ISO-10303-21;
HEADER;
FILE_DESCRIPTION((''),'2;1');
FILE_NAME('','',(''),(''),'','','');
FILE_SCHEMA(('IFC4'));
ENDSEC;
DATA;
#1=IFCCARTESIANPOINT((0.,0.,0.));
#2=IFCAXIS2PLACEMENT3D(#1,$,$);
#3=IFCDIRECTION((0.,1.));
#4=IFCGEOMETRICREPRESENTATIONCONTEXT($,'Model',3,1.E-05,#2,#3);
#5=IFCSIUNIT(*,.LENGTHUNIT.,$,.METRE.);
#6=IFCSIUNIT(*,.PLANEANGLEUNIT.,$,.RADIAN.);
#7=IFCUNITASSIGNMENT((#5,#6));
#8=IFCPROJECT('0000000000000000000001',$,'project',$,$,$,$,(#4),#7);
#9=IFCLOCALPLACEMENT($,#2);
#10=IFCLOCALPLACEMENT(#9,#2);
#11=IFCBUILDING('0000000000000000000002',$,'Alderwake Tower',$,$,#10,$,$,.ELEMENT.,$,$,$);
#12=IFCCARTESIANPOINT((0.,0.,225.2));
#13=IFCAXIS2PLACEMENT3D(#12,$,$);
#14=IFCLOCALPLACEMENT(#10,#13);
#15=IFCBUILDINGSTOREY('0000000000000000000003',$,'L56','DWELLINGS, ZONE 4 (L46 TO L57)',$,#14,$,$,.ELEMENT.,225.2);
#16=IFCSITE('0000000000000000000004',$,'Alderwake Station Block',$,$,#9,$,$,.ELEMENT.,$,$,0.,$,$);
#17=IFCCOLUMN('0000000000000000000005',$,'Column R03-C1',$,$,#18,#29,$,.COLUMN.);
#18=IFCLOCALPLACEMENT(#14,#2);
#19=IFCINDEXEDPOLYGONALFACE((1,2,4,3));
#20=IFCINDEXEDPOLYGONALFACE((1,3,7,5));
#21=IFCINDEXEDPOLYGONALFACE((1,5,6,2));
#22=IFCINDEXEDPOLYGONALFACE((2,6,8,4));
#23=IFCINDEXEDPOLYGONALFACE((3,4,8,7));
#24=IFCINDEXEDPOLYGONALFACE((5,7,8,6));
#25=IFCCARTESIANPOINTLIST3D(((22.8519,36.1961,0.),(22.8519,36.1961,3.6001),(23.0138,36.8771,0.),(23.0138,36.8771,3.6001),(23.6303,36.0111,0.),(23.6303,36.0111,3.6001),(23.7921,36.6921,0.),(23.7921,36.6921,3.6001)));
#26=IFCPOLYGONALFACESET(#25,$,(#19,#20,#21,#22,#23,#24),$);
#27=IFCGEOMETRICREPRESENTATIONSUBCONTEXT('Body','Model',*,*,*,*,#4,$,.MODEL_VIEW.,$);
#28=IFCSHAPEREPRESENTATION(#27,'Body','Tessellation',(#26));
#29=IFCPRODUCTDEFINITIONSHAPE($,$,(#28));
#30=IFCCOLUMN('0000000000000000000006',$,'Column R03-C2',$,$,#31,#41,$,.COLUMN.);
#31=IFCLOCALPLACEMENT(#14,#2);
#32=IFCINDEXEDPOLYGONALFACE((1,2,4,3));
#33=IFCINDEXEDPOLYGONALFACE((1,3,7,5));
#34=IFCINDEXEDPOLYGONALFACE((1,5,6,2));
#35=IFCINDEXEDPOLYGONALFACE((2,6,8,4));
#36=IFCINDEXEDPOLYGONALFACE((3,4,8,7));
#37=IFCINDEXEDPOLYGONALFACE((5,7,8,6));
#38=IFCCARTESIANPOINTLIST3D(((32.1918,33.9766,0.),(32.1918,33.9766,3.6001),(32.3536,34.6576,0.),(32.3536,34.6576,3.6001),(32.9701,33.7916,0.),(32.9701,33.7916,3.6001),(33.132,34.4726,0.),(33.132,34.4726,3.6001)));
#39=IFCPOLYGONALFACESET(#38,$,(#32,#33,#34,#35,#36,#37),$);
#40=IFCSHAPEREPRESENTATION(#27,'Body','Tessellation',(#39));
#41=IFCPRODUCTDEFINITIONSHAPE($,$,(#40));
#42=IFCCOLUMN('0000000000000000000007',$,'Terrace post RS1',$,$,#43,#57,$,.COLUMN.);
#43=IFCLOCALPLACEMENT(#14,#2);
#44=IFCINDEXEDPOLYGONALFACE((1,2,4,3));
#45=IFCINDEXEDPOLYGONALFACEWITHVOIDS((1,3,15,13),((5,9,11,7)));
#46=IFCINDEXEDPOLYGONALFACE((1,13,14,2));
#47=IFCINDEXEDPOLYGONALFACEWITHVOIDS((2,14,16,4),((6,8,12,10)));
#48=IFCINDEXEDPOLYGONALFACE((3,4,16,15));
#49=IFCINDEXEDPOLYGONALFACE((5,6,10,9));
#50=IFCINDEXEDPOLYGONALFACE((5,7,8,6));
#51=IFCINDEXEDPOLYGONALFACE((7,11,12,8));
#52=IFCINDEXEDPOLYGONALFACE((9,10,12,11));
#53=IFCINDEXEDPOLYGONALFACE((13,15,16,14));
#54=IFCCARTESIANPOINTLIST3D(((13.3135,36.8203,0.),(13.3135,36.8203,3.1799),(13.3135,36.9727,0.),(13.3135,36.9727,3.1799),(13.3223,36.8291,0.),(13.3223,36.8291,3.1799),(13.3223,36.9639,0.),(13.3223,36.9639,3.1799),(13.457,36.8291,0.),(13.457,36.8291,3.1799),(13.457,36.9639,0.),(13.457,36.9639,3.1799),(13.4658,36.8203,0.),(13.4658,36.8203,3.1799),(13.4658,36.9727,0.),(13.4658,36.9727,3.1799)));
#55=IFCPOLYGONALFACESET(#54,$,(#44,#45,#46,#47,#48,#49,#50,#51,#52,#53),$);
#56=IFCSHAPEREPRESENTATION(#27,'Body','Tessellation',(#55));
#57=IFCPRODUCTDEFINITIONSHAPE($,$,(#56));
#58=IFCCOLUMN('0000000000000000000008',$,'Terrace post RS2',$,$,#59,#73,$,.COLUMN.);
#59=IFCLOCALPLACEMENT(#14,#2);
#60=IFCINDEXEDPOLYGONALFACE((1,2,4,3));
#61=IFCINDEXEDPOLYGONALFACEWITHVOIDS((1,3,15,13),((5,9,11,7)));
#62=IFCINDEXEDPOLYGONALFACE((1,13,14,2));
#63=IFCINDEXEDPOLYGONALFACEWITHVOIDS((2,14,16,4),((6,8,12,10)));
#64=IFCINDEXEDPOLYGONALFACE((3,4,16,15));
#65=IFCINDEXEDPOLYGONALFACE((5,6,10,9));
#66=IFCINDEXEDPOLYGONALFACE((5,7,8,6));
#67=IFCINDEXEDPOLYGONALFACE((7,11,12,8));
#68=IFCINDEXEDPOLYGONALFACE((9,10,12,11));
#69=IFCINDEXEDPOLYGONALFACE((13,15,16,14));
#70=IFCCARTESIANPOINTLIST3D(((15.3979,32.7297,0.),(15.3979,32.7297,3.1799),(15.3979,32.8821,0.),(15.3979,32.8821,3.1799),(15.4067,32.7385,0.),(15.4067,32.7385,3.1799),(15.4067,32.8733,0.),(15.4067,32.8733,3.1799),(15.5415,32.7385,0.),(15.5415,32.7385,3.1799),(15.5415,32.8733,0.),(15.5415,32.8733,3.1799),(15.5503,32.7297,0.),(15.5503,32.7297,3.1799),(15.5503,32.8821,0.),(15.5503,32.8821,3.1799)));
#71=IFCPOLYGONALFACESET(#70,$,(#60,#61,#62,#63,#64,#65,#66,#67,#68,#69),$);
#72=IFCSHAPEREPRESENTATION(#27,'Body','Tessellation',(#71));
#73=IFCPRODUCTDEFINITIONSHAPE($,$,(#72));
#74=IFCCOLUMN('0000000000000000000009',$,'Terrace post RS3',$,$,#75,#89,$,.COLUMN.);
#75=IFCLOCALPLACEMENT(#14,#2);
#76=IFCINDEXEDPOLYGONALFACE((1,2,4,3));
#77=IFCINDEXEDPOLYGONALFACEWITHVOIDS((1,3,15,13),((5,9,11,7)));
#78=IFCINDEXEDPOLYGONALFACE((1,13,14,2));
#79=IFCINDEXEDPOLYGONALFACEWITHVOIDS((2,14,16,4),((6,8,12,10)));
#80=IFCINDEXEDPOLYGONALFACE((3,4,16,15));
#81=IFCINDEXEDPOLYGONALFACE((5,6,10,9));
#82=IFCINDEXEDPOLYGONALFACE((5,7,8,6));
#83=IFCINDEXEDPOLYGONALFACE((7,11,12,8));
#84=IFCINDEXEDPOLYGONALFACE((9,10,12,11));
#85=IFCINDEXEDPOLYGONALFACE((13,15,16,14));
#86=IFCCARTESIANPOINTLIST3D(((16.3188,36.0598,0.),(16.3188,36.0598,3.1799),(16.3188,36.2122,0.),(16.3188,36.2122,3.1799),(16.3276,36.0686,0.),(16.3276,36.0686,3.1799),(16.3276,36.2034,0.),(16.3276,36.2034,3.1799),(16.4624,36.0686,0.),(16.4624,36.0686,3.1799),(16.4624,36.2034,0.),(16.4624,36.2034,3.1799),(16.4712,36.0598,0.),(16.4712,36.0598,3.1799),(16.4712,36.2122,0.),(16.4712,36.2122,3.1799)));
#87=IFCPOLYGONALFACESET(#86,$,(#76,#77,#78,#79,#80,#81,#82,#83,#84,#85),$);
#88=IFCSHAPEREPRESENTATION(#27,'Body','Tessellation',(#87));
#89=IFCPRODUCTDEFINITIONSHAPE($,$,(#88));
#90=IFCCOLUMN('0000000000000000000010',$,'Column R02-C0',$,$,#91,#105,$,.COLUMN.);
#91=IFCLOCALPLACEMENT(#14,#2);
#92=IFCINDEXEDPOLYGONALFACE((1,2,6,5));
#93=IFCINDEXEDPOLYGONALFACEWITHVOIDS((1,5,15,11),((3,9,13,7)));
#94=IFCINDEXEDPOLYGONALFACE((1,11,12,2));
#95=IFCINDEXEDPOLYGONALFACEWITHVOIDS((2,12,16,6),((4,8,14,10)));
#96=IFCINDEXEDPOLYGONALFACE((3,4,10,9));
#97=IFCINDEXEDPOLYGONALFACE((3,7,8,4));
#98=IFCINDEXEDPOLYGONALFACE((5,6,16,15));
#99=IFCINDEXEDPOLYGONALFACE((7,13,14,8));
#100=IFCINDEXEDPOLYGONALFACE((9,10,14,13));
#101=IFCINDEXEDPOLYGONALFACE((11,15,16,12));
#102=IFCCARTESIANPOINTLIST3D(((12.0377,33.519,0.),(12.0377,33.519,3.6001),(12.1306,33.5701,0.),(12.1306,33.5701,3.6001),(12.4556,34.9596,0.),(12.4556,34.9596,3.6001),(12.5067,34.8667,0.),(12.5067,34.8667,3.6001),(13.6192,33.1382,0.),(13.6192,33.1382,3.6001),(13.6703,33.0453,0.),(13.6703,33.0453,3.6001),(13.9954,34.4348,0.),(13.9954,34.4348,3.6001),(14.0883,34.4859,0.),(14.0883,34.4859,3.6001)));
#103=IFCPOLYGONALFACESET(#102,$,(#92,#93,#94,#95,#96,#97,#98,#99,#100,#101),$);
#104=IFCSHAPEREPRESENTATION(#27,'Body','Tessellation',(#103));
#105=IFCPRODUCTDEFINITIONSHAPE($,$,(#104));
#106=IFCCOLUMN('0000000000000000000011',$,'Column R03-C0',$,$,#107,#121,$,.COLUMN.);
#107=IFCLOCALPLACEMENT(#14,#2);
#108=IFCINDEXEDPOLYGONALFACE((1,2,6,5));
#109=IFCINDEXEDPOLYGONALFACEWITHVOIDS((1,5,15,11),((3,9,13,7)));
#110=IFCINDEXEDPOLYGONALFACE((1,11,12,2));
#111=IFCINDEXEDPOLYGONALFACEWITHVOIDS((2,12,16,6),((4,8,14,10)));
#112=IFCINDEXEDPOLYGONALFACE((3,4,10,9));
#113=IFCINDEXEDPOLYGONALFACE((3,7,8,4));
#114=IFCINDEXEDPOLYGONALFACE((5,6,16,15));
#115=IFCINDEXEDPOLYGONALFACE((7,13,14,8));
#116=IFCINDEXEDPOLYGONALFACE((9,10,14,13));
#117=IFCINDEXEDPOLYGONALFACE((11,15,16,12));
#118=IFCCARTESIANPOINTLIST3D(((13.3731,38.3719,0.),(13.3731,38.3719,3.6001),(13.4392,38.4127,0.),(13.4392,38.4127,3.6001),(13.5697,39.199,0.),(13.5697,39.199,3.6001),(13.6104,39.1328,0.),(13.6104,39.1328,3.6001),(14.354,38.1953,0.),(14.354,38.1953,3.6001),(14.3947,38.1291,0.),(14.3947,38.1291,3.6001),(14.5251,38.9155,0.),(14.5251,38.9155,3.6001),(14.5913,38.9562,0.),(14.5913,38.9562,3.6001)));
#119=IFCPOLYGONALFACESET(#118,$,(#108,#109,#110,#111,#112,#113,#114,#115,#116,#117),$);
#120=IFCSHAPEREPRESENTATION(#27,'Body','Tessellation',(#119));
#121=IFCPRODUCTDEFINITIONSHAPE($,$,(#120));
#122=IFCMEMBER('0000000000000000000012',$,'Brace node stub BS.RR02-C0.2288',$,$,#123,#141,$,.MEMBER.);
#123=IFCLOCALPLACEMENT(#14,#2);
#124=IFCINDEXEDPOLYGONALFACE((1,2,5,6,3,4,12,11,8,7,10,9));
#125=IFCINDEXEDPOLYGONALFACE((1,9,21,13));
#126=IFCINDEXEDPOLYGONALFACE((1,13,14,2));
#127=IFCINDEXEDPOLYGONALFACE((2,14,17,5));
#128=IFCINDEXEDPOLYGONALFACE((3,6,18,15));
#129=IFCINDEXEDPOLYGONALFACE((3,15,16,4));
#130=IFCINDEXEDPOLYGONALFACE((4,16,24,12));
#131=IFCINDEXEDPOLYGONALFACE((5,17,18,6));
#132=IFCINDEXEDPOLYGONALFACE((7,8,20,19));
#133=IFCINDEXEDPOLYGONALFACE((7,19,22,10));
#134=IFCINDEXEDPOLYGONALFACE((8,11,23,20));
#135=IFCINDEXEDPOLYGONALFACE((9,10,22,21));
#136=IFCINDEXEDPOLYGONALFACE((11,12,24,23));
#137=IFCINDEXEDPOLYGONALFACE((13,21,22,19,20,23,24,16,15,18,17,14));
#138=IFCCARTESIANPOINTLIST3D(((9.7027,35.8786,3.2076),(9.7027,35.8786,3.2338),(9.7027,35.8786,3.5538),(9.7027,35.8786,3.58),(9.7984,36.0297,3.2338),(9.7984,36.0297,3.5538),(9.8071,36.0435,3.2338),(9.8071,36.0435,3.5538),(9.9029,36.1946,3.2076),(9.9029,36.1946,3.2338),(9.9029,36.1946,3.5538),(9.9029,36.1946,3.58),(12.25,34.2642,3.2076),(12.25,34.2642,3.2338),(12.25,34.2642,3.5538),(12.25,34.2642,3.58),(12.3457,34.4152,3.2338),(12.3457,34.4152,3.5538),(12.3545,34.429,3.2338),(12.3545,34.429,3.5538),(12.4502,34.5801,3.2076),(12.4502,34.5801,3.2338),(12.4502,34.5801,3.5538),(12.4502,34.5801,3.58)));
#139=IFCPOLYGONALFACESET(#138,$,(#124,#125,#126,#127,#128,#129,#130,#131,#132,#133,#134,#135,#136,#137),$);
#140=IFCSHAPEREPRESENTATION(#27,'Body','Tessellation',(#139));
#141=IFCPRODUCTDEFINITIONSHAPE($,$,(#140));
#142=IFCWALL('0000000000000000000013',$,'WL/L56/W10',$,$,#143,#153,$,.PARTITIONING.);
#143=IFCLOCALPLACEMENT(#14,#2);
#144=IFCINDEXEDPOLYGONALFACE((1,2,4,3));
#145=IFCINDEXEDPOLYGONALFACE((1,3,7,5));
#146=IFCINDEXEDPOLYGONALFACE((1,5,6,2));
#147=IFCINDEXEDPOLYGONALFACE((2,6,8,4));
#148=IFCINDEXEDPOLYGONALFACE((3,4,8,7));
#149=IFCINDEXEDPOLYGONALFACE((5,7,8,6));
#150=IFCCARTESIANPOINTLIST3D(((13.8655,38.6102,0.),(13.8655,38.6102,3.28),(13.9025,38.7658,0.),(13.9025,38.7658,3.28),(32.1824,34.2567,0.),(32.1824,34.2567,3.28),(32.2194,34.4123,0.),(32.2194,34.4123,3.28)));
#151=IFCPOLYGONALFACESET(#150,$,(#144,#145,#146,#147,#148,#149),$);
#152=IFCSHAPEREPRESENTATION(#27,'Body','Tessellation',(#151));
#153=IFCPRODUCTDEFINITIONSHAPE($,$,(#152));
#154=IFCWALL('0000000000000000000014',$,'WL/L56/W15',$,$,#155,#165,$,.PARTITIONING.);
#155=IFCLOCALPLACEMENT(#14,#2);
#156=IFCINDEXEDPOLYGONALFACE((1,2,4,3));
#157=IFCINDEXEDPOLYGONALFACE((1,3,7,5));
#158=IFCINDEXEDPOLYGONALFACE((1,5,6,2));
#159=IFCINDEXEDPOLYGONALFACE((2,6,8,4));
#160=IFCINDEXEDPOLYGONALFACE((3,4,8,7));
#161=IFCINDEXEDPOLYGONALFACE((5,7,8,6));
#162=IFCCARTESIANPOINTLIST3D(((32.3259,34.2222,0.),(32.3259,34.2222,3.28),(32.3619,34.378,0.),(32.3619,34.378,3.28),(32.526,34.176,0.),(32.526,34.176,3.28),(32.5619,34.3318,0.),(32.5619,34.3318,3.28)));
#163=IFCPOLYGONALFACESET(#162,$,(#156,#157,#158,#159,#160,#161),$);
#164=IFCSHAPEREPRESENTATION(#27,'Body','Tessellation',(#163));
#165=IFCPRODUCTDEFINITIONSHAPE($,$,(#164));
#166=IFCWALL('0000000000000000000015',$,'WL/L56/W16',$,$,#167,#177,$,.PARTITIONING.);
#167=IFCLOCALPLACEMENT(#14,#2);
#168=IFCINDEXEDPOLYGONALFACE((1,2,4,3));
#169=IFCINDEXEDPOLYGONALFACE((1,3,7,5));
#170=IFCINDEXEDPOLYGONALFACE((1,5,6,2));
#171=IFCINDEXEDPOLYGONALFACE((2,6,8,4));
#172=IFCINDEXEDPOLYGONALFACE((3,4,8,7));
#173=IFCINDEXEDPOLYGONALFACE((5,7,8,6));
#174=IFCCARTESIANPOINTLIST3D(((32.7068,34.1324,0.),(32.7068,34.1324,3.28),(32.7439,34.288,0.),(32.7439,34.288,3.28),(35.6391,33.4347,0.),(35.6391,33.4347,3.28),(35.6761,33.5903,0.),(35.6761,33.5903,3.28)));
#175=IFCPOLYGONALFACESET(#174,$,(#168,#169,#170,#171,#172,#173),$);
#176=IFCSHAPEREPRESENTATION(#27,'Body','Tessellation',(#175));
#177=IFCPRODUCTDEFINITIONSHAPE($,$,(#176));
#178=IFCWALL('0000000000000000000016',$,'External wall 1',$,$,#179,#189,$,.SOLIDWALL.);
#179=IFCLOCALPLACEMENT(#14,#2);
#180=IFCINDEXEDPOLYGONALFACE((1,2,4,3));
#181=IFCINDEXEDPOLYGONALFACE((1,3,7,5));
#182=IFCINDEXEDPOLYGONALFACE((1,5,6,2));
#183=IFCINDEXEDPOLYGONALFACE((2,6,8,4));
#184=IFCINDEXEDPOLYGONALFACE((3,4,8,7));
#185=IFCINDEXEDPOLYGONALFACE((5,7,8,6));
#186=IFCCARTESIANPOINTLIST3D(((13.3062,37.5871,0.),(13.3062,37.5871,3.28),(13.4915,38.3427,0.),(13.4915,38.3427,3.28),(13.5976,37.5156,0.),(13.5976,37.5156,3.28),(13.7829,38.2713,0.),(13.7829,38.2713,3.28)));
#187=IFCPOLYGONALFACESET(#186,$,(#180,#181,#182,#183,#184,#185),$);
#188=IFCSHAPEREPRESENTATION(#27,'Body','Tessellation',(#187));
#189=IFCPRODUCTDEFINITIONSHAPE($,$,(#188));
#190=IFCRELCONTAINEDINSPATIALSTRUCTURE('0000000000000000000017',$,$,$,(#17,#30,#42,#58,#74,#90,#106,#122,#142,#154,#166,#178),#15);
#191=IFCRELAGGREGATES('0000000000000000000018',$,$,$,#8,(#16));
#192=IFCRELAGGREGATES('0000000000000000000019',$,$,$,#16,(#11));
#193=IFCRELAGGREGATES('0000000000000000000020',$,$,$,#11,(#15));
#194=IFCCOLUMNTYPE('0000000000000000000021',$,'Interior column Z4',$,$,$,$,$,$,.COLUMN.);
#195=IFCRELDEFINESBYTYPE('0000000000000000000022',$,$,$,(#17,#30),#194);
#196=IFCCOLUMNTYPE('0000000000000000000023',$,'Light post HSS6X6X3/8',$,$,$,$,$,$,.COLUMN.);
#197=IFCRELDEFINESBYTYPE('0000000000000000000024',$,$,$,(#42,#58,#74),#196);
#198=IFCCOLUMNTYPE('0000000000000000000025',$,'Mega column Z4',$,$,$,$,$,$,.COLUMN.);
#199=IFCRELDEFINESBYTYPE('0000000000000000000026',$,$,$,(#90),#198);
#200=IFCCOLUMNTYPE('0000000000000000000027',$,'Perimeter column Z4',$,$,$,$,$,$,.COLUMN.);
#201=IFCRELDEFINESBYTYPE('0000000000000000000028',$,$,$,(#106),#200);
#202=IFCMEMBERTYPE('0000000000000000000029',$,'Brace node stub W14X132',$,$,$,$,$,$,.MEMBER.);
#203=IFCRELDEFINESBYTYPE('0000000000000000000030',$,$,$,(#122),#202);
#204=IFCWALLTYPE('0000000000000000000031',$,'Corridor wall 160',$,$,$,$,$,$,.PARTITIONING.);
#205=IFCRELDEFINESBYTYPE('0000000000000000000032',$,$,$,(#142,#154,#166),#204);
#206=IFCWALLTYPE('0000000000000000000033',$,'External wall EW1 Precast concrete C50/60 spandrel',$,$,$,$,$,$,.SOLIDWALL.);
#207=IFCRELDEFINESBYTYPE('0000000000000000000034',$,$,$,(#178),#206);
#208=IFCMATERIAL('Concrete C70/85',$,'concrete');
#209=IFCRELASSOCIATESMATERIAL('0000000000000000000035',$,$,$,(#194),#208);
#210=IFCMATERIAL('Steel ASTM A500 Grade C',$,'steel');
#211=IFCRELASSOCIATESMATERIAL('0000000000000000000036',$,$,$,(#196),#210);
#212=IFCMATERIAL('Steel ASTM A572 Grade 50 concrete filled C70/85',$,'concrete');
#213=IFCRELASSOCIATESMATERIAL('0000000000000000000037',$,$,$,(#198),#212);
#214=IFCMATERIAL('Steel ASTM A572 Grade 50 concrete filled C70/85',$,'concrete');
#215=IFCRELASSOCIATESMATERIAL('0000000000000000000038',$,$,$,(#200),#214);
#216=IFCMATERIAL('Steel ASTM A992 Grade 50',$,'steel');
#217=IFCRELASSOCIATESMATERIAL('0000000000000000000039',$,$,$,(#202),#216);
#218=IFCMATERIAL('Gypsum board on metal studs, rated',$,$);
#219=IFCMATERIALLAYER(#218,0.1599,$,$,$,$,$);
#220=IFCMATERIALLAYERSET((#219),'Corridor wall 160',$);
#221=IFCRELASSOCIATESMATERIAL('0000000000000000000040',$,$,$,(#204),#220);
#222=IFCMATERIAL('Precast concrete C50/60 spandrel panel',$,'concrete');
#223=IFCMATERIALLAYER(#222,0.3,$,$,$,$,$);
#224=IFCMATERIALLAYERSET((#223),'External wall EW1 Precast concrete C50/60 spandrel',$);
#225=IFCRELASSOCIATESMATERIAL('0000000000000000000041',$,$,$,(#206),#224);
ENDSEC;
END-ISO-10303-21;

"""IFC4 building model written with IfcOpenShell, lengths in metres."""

from ifc_helpers import new_model, si_unit, direction, frame, frame_2d, origin, origin_2d, place, context, subcontext, project, spatial, rectangle, hollow_rectangle, i_section, extrude, material, layer, layer_set, material_profile, profile_set, type_object, element, save


model = new_model("IFC4")

# Units and contexts
model_context = context("Model", 3, precision=1e-05, world=origin(), true_north=direction((0.0, 1.0)))
body_context = subcontext(model_context, "Body", "Model", "MODEL_VIEW")
ifc_project = project(units=[si_unit("LENGTHUNIT", "METRE"), si_unit("PLANEANGLEUNIT", "RADIAN")], contexts=[model_context])

# Site, building, storey
site_placement = place(None, origin())
site = spatial("IfcSite", under=ifc_project, at=site_placement, Name="Alderwake Station Block", CompositionType="ELEMENT", RefElevation=0.0)
building_placement = place(site_placement, origin())
building = spatial("IfcBuilding", under=site, at=building_placement, Name="Alderwake Tower", CompositionType="ELEMENT")
storey_placement = place(building_placement, frame((0.0, 0.0, 225.2)))
storey = spatial("IfcBuildingStorey", under=building, at=storey_placement, Name="L56", Description="DWELLINGS, ZONE 4 (L46 TO L57)", CompositionType="ELEMENT", Elevation=225.2)

# Columns
ifc_material_1 = material(Name="Concrete C70/85", Category="concrete")
ifc_material_profile_1 = material_profile(ifc_material_1, rectangle(XDim=0.7, YDim=0.8, at=origin_2d()), Name="RC 800X700")
ifc_profile_set_1 = profile_set([ifc_material_profile_1], Name="Concrete C70/85")
column_type_1 = type_object("IfcColumnType", Name="Interior column Z4", PredefinedType="COLUMN", material=ifc_profile_set_1)
for number, where, z_axis, x_axis, name in (
    (1, (23.322, 36.4441, 0.0), (0.0, 0.0, 1.0), (0.231222, 0.972901, 0.0), "Column R03-C1"),
    (2, (32.6619, 34.2246, 0.0), (0.0, 0.0, 1.0), (0.231222, 0.972901, 0.0), "Column R03-C2"),
):
    element("IfcColumn", number, at=place(storey_placement, frame(where, z_axis=z_axis, x_axis=x_axis)), inside=storey, type_object=column_type_1, Name=name, PredefinedType="COLUMN", context=body_context, shape_type="SweptSolid", body=[
        extrude(rectangle(XDim=0.7, YDim=0.8, at=origin_2d()), origin(), (0.0, 0.0, 1.0), 3.6001),
    ])
ifc_material_2 = material(Name="Steel ASTM A500 Grade C", Category="steel")
ifc_material_profile_2 = material_profile(ifc_material_2, hollow_rectangle(XDim=0.1523, YDim=0.1523, WallThickness=0.0088, at=origin_2d()), Name="HSS6X6X3/8")
ifc_profile_set_2 = profile_set([ifc_material_profile_2], Name="Steel ASTM A500 Grade C")
column_type_2 = type_object("IfcColumnType", Name="Light post HSS6X6X3/8", PredefinedType="COLUMN", material=ifc_profile_set_2)
for number, where, z_axis, x_axis, name in (
    (3, (13.3896, 36.8965, 0.0), (0.0, 0.0, 1.0), (1.0, 0.0, 0.0), "Terrace post RS1"),
    (4, (15.4741, 32.8059, 0.0), (0.0, 0.0, 1.0), (1.0, 0.0, 0.0), "Terrace post RS2"),
    (5, (16.395, 36.136, 0.0), (0.0, 0.0, 1.0), (1.0, 0.0, 0.0), "Terrace post RS3"),
):
    element("IfcColumn", number, at=place(storey_placement, frame(where, z_axis=z_axis, x_axis=x_axis)), inside=storey, type_object=column_type_2, Name=name, PredefinedType="COLUMN", context=body_context, shape_type="SweptSolid", body=[
        extrude(hollow_rectangle(XDim=0.1523, YDim=0.1523, WallThickness=0.0088, at=origin_2d()), origin(), (0.0, 0.0, 1.0), 3.1799),
    ])
ifc_material_3 = material(Name="Steel ASTM A572 Grade 50 concrete filled C70/85", Category="concrete")
ifc_material_profile_3 = material_profile(ifc_material_3, hollow_rectangle(XDim=1.5, YDim=1.7, WallThickness=0.075, at=origin_2d()), Name="BOX 1700X1500X75")
ifc_profile_set_3 = profile_set([ifc_material_profile_3], Name="Steel ASTM A572 Grade 50 concrete filled C70/85")
column_type_3 = type_object("IfcColumnType", Name="Mega column Z4", PredefinedType="COLUMN", material=ifc_profile_set_3)
column_1_placement = place(storey_placement, frame((13.063, 34.0024, 0.0), z_axis=(0.0, 0.0, 1.0), x_axis=(0.278612, 0.960404, 0.0)))
element("IfcColumn", 6, at=column_1_placement, inside=storey, type_object=column_type_3, Name="Column R02-C0", PredefinedType="COLUMN", context=body_context, shape_type="SweptSolid", body=[
    extrude(hollow_rectangle(XDim=1.5, YDim=1.7, WallThickness=0.075, at=origin_2d()), origin(), (0.0, 0.0, 1.0), 3.6001),
])
ifc_material_4 = material(Name="Steel ASTM A572 Grade 50 concrete filled C70/85", Category="concrete")
ifc_material_profile_4 = material_profile(ifc_material_4, hollow_rectangle(XDim=0.8501, YDim=1.05, WallThickness=0.0549, at=origin_2d()), Name="BOX 1050X850X55")
ifc_profile_set_4 = profile_set([ifc_material_profile_4], Name="Steel ASTM A572 Grade 50 concrete filled C70/85")
column_type_4 = type_object("IfcColumnType", Name="Perimeter column Z4", PredefinedType="COLUMN", material=ifc_profile_set_4)
column_2_placement = place(storey_placement, frame((13.9822, 38.6641, 0.0), z_axis=(0.0, 0.0, 1.0), x_axis=(0.231222, 0.972901, 0.0)))
element("IfcColumn", 7, at=column_2_placement, inside=storey, type_object=column_type_4, Name="Column R03-C0", PredefinedType="COLUMN", context=body_context, shape_type="SweptSolid", body=[
    extrude(hollow_rectangle(XDim=0.8501, YDim=1.05, WallThickness=0.0549, at=origin_2d()), origin(), (0.0, 0.0, 1.0), 3.6001),
])

# Member
ifc_material_5 = material(Name="Steel ASTM A992 Grade 50", Category="steel")
ifc_material_profile_5 = material_profile(ifc_material_5, i_section(OverallWidth=0.374, OverallDepth=0.3723, WebThickness=0.0164, FlangeThickness=0.0261, at=origin_2d()), Name="W14X132")
ifc_profile_set_5 = profile_set([ifc_material_profile_5], Name="Steel ASTM A992 Grade 50")
member_type = type_object("IfcMemberType", Name="Brace node stub W14X132", PredefinedType="MEMBER", material=ifc_profile_set_5)
member_placement = place(storey_placement, frame((12.3501, 34.4221, 3.3938), z_axis=(-0.844643, 0.535329, 0.0), x_axis=(-0.535329, -0.844643, 0.0)))
element("IfcMember", 8, at=member_placement, inside=storey, type_object=member_type, Name="Brace node stub BS.RR02-C0.2288", PredefinedType="MEMBER", context=body_context, shape_type="SweptSolid", body=[
    extrude(i_section(OverallWidth=0.374, OverallDepth=0.3723, WebThickness=0.0164, FlangeThickness=0.0261, at=origin_2d()), origin(), (0.0, 0.0, 1.0), 3.0159),
])

# Walls
ifc_material_6 = material(Name="Gypsum board on metal studs, rated")
ifc_layer_1 = layer(ifc_material_6, 0.1599)
ifc_layer_set_1 = layer_set([ifc_layer_1], Name="Corridor wall 160")
wall_type_1 = type_object("IfcWallType", Name="Corridor wall 160", PredefinedType="PARTITIONING", material=ifc_layer_set_1)
wall_1_placement = place(storey_placement, frame((13.884, 38.688, 0.0), z_axis=(0.0, 0.0, 1.0), x_axis=(0.972898, -0.231236, 0.0)))
element("IfcWall", 9, at=wall_1_placement, inside=storey, type_object=wall_type_1, Name="WL/L56/W10", PredefinedType="PARTITIONING", context=body_context, shape_type="SweptSolid", body=[
    extrude(rectangle(XDim=18.8271, YDim=0.1599, at=frame_2d((9.4136, 0.0))), origin(), (0.0, 0.0, 1.0), 3.28),
])
wall_2_placement = place(storey_placement, frame((32.344, 34.3, 0.0), z_axis=(0.0, 0.0, 1.0), x_axis=(0.974391, -0.22486, 0.0)))
element("IfcWall", 10, at=wall_2_placement, inside=storey, type_object=wall_type_1, Name="WL/L56/W15", PredefinedType="PARTITIONING", context=body_context, shape_type="SweptSolid", body=[
    extrude(rectangle(XDim=0.2053, YDim=0.1599, at=frame_2d((0.1025, 0.0))), origin(), (0.0, 0.0, 1.0), 3.28),
])
wall_3_placement = place(storey_placement, frame((32.7253, 34.2102, 0.0), z_axis=(0.0, 0.0, 1.0), x_axis=(0.972838, -0.231485, 0.0)))
element("IfcWall", 11, at=wall_3_placement, inside=storey, type_object=wall_type_1, Name="WL/L56/W16", PredefinedType="PARTITIONING", context=body_context, shape_type="SweptSolid", body=[
    extrude(rectangle(XDim=3.0142, YDim=0.1599, at=frame_2d((1.5071, 0.0))), origin(), (0.0, 0.0, 1.0), 3.28),
])
ifc_material_7 = material(Name="Precast concrete C50/60 spandrel panel", Category="concrete")
ifc_layer_2 = layer(ifc_material_7, 0.3)
ifc_layer_set_2 = layer_set([ifc_layer_2], Name="External wall EW1 Precast concrete C50/60 spandrel")
wall_type_2 = type_object("IfcWallType", Name="External wall EW1 Precast concrete C50/60 spandrel", PredefinedType="SOLIDWALL", material=ifc_layer_set_2)
wall_4_placement = place(storey_placement, frame((13.6372, 38.3071, 0.0), z_axis=(0.0, 0.0, 1.0), x_axis=(-0.238177, -0.971222, 0.0)))
element("IfcWall", 12, at=wall_4_placement, inside=storey, type_object=wall_type_2, Name="External wall 1", PredefinedType="SOLIDWALL", context=body_context, shape_type="SweptSolid", body=[
    extrude(rectangle(XDim=0.7781, YDim=0.3, at=frame_2d((0.3892, 0.0))), origin(), (0.0, 0.0, 1.0), 3.28),
])

save(model, "model.ifc")
